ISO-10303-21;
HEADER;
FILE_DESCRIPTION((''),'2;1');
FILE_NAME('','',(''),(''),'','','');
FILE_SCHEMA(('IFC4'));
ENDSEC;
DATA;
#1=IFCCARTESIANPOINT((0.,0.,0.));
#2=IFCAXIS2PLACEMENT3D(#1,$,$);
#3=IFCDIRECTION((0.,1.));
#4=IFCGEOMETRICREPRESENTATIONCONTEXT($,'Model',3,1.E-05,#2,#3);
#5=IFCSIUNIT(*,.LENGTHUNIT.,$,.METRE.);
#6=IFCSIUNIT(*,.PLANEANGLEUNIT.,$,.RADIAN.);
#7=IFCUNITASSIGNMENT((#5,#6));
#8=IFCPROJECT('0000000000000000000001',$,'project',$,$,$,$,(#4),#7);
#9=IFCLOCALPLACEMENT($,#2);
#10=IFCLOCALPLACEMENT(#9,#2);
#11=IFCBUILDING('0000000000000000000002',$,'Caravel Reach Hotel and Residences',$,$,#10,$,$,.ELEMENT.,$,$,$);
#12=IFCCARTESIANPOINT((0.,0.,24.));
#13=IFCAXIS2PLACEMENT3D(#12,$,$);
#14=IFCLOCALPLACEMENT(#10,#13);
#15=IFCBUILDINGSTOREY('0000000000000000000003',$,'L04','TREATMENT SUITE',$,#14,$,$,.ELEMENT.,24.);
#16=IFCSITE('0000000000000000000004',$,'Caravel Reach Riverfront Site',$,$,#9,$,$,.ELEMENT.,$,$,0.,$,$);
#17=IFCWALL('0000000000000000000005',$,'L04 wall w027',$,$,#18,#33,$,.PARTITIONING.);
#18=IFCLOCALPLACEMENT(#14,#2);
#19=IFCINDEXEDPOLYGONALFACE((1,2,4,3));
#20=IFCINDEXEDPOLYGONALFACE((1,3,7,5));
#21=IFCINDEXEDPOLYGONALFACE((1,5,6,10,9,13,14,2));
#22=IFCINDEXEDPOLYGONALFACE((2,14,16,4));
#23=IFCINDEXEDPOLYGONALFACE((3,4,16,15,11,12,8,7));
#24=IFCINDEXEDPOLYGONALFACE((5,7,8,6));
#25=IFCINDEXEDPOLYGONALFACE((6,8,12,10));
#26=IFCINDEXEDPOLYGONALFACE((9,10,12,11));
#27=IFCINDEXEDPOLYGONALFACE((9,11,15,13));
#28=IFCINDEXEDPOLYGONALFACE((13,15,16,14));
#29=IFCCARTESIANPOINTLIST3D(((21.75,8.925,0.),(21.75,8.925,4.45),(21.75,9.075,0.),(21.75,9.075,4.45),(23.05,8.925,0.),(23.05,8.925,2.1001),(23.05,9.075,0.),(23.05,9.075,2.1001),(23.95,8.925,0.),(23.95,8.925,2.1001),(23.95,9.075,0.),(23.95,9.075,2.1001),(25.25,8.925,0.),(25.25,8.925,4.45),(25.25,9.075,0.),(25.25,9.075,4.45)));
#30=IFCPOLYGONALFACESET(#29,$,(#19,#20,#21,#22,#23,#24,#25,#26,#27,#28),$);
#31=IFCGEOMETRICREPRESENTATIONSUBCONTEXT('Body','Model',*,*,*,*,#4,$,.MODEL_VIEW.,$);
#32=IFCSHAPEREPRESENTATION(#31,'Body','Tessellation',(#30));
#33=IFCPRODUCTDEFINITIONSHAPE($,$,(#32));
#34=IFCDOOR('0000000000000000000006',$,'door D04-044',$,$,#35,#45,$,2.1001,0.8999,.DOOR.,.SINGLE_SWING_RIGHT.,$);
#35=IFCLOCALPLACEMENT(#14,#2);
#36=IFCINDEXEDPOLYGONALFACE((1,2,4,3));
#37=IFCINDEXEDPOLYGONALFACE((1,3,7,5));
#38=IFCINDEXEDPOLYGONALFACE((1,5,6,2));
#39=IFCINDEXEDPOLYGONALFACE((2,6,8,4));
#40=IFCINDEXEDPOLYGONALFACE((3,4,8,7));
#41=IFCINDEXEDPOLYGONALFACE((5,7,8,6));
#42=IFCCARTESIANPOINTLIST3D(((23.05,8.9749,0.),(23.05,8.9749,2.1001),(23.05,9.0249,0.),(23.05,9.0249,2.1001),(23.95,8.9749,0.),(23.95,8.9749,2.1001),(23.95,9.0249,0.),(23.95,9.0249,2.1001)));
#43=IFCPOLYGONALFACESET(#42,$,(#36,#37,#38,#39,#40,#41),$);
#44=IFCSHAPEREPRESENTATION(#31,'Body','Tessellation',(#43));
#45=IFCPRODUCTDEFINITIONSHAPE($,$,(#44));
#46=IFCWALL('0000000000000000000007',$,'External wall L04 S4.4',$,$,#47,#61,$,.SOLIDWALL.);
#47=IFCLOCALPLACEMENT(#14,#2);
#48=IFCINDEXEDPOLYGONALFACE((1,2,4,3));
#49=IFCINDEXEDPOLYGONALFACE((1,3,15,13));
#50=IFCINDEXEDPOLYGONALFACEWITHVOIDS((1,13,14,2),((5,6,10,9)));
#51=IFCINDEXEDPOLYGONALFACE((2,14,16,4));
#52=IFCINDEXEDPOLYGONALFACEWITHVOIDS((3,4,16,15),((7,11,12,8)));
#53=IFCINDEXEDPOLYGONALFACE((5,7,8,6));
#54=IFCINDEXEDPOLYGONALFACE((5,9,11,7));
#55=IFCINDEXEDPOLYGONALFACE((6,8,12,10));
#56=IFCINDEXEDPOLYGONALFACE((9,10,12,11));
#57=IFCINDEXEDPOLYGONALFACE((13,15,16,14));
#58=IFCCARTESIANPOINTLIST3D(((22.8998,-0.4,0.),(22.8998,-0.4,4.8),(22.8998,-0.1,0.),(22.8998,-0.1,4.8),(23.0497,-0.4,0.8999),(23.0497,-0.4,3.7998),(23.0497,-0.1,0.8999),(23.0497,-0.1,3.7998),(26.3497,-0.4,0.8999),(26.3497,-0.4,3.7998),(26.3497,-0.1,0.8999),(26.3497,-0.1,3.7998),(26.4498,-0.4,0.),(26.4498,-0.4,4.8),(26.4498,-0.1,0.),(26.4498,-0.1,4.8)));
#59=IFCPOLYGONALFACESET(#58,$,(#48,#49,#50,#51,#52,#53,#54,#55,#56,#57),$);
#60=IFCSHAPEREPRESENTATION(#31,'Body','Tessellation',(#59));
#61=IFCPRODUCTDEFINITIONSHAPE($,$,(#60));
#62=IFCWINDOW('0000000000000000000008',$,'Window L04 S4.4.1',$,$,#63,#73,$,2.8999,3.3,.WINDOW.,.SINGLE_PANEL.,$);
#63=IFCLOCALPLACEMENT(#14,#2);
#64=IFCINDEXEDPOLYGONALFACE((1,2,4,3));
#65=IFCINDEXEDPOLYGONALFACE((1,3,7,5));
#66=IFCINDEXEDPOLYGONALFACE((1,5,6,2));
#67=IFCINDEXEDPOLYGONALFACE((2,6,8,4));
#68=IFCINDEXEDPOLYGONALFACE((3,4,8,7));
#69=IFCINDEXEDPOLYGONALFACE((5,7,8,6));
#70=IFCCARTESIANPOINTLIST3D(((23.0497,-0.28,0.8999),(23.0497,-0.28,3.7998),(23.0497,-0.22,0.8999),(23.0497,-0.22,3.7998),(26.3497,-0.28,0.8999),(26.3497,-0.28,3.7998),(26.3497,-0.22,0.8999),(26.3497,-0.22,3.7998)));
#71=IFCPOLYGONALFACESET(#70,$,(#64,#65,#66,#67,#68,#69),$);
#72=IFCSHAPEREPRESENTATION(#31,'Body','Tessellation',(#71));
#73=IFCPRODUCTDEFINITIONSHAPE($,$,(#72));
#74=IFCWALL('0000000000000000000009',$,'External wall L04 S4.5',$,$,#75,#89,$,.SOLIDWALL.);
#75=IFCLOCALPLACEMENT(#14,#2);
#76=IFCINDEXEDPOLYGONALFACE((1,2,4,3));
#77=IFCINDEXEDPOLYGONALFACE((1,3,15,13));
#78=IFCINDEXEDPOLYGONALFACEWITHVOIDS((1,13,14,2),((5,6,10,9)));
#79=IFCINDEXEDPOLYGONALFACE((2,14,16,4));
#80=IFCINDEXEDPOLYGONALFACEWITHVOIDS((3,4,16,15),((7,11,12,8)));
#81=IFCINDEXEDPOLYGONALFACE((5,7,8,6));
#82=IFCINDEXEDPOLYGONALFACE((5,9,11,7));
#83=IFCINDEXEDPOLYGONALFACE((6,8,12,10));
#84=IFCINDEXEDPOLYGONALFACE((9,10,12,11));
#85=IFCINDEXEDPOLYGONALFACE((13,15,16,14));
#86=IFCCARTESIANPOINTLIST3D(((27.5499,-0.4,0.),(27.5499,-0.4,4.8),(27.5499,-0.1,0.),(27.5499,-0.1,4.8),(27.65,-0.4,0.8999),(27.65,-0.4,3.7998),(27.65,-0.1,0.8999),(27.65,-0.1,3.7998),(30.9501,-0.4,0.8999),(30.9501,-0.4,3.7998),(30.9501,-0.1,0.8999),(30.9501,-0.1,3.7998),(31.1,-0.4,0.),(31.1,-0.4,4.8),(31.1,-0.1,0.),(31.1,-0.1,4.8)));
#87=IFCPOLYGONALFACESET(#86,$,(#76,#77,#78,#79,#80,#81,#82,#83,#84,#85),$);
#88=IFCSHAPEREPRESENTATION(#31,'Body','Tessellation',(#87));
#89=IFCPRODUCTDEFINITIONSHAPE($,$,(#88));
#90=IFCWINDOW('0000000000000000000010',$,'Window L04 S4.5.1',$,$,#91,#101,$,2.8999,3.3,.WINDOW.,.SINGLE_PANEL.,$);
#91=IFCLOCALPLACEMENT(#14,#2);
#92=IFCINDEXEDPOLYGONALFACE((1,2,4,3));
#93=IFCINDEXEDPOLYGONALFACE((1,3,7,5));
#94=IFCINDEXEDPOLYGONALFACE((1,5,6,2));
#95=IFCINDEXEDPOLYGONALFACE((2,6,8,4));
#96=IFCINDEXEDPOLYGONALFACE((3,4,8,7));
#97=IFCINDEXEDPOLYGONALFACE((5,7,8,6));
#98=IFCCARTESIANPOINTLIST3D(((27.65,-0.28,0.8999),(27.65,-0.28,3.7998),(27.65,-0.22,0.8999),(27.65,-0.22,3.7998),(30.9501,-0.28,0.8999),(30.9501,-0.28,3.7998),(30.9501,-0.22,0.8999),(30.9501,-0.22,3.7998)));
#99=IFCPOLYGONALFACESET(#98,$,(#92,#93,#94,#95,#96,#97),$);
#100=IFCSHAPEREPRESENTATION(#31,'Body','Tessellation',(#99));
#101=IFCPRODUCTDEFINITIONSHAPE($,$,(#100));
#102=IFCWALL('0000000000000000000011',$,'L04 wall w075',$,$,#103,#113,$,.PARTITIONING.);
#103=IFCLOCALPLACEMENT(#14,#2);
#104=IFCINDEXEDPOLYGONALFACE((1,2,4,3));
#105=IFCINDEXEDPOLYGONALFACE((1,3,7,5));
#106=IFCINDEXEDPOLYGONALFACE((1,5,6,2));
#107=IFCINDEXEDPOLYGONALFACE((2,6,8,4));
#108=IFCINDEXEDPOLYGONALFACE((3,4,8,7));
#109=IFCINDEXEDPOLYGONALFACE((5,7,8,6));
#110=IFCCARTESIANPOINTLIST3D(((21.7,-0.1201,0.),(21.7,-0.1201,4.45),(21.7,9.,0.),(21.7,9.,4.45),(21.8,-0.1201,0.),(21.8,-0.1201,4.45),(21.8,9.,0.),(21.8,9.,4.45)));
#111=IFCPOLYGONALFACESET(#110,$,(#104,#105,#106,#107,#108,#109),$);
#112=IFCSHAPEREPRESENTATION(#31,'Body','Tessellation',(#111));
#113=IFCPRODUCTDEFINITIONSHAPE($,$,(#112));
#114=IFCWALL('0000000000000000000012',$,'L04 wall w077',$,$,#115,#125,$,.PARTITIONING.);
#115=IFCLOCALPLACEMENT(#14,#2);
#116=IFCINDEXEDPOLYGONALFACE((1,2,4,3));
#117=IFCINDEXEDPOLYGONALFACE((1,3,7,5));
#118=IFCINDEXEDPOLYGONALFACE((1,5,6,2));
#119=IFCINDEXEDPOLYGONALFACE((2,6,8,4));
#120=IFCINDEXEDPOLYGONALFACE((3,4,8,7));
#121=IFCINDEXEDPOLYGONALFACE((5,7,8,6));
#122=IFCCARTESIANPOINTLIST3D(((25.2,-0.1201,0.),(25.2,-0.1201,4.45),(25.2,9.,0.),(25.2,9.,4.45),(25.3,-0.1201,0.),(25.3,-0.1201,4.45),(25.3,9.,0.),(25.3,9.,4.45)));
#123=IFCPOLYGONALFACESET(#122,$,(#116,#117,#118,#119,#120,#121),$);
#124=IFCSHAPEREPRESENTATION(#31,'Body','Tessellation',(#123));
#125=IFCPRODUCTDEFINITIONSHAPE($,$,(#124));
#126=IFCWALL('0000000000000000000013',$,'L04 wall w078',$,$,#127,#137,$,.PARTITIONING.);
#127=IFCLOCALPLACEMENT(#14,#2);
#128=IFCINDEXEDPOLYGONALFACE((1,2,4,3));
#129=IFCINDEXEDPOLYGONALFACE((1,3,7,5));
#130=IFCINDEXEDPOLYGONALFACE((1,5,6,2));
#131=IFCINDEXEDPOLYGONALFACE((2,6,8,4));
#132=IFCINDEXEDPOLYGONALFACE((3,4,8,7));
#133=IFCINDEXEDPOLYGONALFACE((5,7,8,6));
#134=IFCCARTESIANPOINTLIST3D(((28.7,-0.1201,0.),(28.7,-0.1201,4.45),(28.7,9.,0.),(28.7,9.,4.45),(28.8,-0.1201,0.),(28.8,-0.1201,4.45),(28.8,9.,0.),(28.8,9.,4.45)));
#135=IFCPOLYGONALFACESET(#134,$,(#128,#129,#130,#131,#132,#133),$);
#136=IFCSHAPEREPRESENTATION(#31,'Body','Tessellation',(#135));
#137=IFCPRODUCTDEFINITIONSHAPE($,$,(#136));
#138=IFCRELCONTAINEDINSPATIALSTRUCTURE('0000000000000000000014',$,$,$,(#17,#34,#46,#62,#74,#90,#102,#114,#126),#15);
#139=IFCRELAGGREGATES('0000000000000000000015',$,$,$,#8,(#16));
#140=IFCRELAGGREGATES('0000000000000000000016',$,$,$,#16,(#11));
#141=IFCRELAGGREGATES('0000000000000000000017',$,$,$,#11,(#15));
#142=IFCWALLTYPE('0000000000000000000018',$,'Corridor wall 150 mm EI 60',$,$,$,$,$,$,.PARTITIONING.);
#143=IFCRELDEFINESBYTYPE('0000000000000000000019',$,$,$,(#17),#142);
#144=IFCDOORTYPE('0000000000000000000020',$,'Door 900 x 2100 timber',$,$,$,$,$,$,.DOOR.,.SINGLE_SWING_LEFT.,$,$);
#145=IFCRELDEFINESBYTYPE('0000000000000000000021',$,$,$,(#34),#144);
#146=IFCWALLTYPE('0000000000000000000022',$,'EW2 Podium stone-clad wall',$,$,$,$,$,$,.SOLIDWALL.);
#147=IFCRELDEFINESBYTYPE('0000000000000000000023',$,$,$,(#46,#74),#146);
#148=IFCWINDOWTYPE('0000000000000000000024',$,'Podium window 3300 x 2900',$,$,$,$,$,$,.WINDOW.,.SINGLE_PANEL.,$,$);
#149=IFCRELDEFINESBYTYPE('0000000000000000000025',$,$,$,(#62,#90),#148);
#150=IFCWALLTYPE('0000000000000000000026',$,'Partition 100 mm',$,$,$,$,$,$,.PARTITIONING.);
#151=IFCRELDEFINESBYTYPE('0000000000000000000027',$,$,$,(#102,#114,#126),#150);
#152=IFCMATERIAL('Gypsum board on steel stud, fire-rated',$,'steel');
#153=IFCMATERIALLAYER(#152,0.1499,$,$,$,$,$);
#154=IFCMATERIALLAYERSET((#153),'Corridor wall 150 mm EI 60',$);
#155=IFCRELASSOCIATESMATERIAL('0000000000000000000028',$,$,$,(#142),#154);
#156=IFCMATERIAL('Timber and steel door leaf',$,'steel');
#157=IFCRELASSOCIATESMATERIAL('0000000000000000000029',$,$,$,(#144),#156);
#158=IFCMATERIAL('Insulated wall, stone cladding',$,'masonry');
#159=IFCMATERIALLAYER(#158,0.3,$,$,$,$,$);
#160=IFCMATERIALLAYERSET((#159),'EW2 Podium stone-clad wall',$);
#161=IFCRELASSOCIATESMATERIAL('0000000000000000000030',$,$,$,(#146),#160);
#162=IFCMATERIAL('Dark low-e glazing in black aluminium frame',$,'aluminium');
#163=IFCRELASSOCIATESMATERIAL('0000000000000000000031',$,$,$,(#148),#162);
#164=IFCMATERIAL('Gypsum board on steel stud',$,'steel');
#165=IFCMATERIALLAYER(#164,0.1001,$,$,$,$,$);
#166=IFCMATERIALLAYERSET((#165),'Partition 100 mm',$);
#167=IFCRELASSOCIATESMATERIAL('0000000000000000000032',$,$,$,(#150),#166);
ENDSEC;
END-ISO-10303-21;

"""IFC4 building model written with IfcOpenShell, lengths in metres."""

from ifc_helpers import new_model, si_unit, direction, frame, frame_2d, origin, place, context, subcontext, project, spatial, rectangle, extrude, material, layer, layer_set, type_object, element, fill, save


model = new_model("IFC4")

# Units and contexts
model_context = context("Model", 3, precision=1e-05, world=origin(), true_north=direction((0.0, 1.0)))
body_context = subcontext(model_context, "Body", "Model", "MODEL_VIEW")
ifc_project = project(units=[si_unit("LENGTHUNIT", "METRE"), si_unit("PLANEANGLEUNIT", "RADIAN")], contexts=[model_context])

# Site, building, storey
site_placement = place(None, origin())
site = spatial("IfcSite", under=ifc_project, at=site_placement, Name="Caravel Reach Riverfront Site", CompositionType="ELEMENT", RefElevation=0.0)
building_placement = place(site_placement, origin())
building = spatial("IfcBuilding", under=site, at=building_placement, Name="Caravel Reach Hotel and Residences", CompositionType="ELEMENT")
storey_placement = place(building_placement, frame((0.0, 0.0, 24.0)))
storey = spatial("IfcBuildingStorey", under=building, at=storey_placement, Name="L04", Description="TREATMENT SUITE", CompositionType="ELEMENT", Elevation=24.0)

# Wall, opening, door
ifc_material_1 = material(Name="Gypsum board on steel stud, fire-rated", Category="steel")
ifc_layer_1 = layer(ifc_material_1, 0.1499)
ifc_layer_set_1 = layer_set([ifc_layer_1], Name="Corridor wall 150 mm EI 60")
wall_type_1 = type_object("IfcWallType", Name="Corridor wall 150 mm EI 60", PredefinedType="PARTITIONING", material=ifc_layer_set_1)
wall_1_placement = place(storey_placement, frame((21.75, 9.0, 0.0), z_axis=(0.0, 0.0, 1.0), x_axis=(1.0, 0.0, 0.0)))
wall_1 = element("IfcWall", 1, at=wall_1_placement, inside=storey, type_object=wall_type_1, Name="L04 wall w027", PredefinedType="PARTITIONING", context=body_context, shape_type="SweptSolid", body=[
    extrude(rectangle(XDim=3.5, YDim=0.1499, at=frame_2d((1.75, 0.0))), origin(), (0.0, 0.0, 1.0), 4.45),
])
opening_1_placement = place(wall_1_placement, frame((1.3, 0.0, 0.0)))
opening_1 = element("IfcOpeningElement", 2, at=opening_1_placement, cuts=wall_1, PredefinedType="OPENING", context=body_context, shape_type="SweptSolid", body=[
    extrude(rectangle(XDim=0.8999, YDim=2.1001, at=frame_2d((0.45, 1.05))), frame((0.0, 0.085, 0.0), z_axis=(0.0, -1.0, 0.0), x_axis=(1.0, 0.0, 0.0)), (0.0, 0.0, 1.0), 0.1699),
])
ifc_material_2 = material(Name="Timber and steel door leaf", Category="steel")
door_type = type_object("IfcDoorType", Name="Door 900 x 2100 timber", OperationType="SINGLE_SWING_LEFT", PredefinedType="DOOR", material=ifc_material_2)
door_placement = place(opening_1_placement, origin())
door = element("IfcDoor", 3, at=door_placement, inside=storey, type_object=door_type, Name="door D04-044", OperationType="SINGLE_SWING_RIGHT", OverallHeight=2.1001, OverallWidth=0.8999, PredefinedType="DOOR", context=body_context, shape_type="SweptSolid", body=[
    extrude(rectangle(XDim=0.8999, YDim=2.1001, at=frame_2d((0.45, 1.05))), frame((0.0, 0.0249, 0.0), z_axis=(0.0, -1.0, 0.0), x_axis=(1.0, 0.0, 0.0)), (0.0, 0.0, 1.0), 0.05),
])
fill(opening_1, door)

# Walls, openings, windows
ifc_material_3 = material(Name="Insulated wall, stone cladding", Category="masonry")
ifc_layer_2 = layer(ifc_material_3, 0.3)
ifc_layer_set_2 = layer_set([ifc_layer_2], Name="EW2 Podium stone-clad wall")
wall_type_2 = type_object("IfcWallType", Name="EW2 Podium stone-clad wall", PredefinedType="SOLIDWALL", material=ifc_layer_set_2)
wall_2_placement = place(storey_placement, frame((22.8999, -0.25, 0.0), z_axis=(0.0, 0.0, 1.0), x_axis=(1.0, 0.0, 0.0)))
wall_2 = element("IfcWall", 4, at=wall_2_placement, inside=storey, type_object=wall_type_2, Name="External wall L04 S4.4", PredefinedType="SOLIDWALL", context=body_context, shape_type="SweptSolid", body=[
    extrude(rectangle(XDim=3.55, YDim=0.3, at=frame_2d((1.7749, 0.0))), origin(), (0.0, 0.0, 1.0), 4.8),
])
opening_2_placement = place(wall_2_placement, frame((0.1499, 0.0, 0.8999)))
opening_2 = element("IfcOpeningElement", 5, at=opening_2_placement, cuts=wall_2, PredefinedType="OPENING", context=body_context, shape_type="SweptSolid", body=[
    extrude(rectangle(XDim=3.3, YDim=2.8999, at=frame_2d((1.6499, 1.45))), frame((0.0, 0.1599, 0.0), z_axis=(0.0, -1.0, 0.0), x_axis=(1.0, 0.0, 0.0)), (0.0, 0.0, 1.0), 0.3201),
])
ifc_material_4 = material(Name="Dark low-e glazing in black aluminium frame", Category="aluminium")
window_type = type_object("IfcWindowType", Name="Podium window 3300 x 2900", PartitioningType="SINGLE_PANEL", PredefinedType="WINDOW", material=ifc_material_4)
window_1_placement = place(opening_2_placement, origin())
window_1 = element("IfcWindow", 6, at=window_1_placement, inside=storey, type_object=window_type, Name="Window L04 S4.4.1", OverallHeight=2.8999, OverallWidth=3.3, PartitioningType="SINGLE_PANEL", PredefinedType="WINDOW", context=body_context, shape_type="SweptSolid", body=[
    extrude(rectangle(XDim=3.3, YDim=2.8999, at=frame_2d((1.6499, 1.45))), frame((0.0, 0.03, 0.0), z_axis=(0.0, -1.0, 0.0), x_axis=(1.0, 0.0, 0.0)), (0.0, 0.0, 1.0), 0.0601),
])
fill(opening_2, window_1)
wall_3_placement = place(storey_placement, frame((27.55, -0.25, 0.0), z_axis=(0.0, 0.0, 1.0), x_axis=(1.0, 0.0, 0.0)))
wall_3 = element("IfcWall", 7, at=wall_3_placement, inside=storey, type_object=wall_type_2, Name="External wall L04 S4.5", PredefinedType="SOLIDWALL", context=body_context, shape_type="SweptSolid", body=[
    extrude(rectangle(XDim=3.55, YDim=0.3, at=frame_2d((1.7749, 0.0))), origin(), (0.0, 0.0, 1.0), 4.8),
])
opening_3_placement = place(wall_3_placement, frame((0.1001, 0.0, 0.8999)))
opening_3 = element("IfcOpeningElement", 8, at=opening_3_placement, cuts=wall_3, PredefinedType="OPENING", context=body_context, shape_type="SweptSolid", body=[
    extrude(rectangle(XDim=3.3, YDim=2.8999, at=frame_2d((1.6499, 1.45))), frame((0.0, 0.1599, 0.0), z_axis=(0.0, -1.0, 0.0), x_axis=(1.0, 0.0, 0.0)), (0.0, 0.0, 1.0), 0.3201),
])
window_2_placement = place(opening_3_placement, origin())
window_2 = element("IfcWindow", 9, at=window_2_placement, inside=storey, type_object=window_type, Name="Window L04 S4.5.1", OverallHeight=2.8999, OverallWidth=3.3, PartitioningType="SINGLE_PANEL", PredefinedType="WINDOW", context=body_context, shape_type="SweptSolid", body=[
    extrude(rectangle(XDim=3.3, YDim=2.8999, at=frame_2d((1.6499, 1.45))), frame((0.0, 0.03, 0.0), z_axis=(0.0, -1.0, 0.0), x_axis=(1.0, 0.0, 0.0)), (0.0, 0.0, 1.0), 0.0601),
])
fill(opening_3, window_2)

# Walls
ifc_material_5 = material(Name="Gypsum board on steel stud", Category="steel")
ifc_layer_3 = layer(ifc_material_5, 0.1001)
ifc_layer_set_3 = layer_set([ifc_layer_3], Name="Partition 100 mm")
wall_type_3 = type_object("IfcWallType", Name="Partition 100 mm", PredefinedType="PARTITIONING", material=ifc_layer_set_3)
for number, where, z_axis, x_axis, name in (
    (10, (21.75, -0.1201, 0.0), (0.0, 0.0, 1.0), (0.0, 1.0, 0.0), "L04 wall w075"),
    (11, (25.25, -0.1201, 0.0), (0.0, 0.0, 1.0), (0.0, 1.0, 0.0), "L04 wall w077"),
    (12, (28.75, -0.1201, 0.0), (0.0, 0.0, 1.0), (0.0, 1.0, 0.0), "L04 wall w078"),
):
    element("IfcWall", number, at=place(storey_placement, frame(where, z_axis=z_axis, x_axis=x_axis)), inside=storey, type_object=wall_type_3, Name=name, PredefinedType="PARTITIONING", context=body_context, shape_type="SweptSolid", body=[
        extrude(rectangle(XDim=9.1201, YDim=0.1001, at=frame_2d((4.5601, 0.0))), origin(), (0.0, 0.0, 1.0), 4.45),
    ])

save(model, "model.ifc")
